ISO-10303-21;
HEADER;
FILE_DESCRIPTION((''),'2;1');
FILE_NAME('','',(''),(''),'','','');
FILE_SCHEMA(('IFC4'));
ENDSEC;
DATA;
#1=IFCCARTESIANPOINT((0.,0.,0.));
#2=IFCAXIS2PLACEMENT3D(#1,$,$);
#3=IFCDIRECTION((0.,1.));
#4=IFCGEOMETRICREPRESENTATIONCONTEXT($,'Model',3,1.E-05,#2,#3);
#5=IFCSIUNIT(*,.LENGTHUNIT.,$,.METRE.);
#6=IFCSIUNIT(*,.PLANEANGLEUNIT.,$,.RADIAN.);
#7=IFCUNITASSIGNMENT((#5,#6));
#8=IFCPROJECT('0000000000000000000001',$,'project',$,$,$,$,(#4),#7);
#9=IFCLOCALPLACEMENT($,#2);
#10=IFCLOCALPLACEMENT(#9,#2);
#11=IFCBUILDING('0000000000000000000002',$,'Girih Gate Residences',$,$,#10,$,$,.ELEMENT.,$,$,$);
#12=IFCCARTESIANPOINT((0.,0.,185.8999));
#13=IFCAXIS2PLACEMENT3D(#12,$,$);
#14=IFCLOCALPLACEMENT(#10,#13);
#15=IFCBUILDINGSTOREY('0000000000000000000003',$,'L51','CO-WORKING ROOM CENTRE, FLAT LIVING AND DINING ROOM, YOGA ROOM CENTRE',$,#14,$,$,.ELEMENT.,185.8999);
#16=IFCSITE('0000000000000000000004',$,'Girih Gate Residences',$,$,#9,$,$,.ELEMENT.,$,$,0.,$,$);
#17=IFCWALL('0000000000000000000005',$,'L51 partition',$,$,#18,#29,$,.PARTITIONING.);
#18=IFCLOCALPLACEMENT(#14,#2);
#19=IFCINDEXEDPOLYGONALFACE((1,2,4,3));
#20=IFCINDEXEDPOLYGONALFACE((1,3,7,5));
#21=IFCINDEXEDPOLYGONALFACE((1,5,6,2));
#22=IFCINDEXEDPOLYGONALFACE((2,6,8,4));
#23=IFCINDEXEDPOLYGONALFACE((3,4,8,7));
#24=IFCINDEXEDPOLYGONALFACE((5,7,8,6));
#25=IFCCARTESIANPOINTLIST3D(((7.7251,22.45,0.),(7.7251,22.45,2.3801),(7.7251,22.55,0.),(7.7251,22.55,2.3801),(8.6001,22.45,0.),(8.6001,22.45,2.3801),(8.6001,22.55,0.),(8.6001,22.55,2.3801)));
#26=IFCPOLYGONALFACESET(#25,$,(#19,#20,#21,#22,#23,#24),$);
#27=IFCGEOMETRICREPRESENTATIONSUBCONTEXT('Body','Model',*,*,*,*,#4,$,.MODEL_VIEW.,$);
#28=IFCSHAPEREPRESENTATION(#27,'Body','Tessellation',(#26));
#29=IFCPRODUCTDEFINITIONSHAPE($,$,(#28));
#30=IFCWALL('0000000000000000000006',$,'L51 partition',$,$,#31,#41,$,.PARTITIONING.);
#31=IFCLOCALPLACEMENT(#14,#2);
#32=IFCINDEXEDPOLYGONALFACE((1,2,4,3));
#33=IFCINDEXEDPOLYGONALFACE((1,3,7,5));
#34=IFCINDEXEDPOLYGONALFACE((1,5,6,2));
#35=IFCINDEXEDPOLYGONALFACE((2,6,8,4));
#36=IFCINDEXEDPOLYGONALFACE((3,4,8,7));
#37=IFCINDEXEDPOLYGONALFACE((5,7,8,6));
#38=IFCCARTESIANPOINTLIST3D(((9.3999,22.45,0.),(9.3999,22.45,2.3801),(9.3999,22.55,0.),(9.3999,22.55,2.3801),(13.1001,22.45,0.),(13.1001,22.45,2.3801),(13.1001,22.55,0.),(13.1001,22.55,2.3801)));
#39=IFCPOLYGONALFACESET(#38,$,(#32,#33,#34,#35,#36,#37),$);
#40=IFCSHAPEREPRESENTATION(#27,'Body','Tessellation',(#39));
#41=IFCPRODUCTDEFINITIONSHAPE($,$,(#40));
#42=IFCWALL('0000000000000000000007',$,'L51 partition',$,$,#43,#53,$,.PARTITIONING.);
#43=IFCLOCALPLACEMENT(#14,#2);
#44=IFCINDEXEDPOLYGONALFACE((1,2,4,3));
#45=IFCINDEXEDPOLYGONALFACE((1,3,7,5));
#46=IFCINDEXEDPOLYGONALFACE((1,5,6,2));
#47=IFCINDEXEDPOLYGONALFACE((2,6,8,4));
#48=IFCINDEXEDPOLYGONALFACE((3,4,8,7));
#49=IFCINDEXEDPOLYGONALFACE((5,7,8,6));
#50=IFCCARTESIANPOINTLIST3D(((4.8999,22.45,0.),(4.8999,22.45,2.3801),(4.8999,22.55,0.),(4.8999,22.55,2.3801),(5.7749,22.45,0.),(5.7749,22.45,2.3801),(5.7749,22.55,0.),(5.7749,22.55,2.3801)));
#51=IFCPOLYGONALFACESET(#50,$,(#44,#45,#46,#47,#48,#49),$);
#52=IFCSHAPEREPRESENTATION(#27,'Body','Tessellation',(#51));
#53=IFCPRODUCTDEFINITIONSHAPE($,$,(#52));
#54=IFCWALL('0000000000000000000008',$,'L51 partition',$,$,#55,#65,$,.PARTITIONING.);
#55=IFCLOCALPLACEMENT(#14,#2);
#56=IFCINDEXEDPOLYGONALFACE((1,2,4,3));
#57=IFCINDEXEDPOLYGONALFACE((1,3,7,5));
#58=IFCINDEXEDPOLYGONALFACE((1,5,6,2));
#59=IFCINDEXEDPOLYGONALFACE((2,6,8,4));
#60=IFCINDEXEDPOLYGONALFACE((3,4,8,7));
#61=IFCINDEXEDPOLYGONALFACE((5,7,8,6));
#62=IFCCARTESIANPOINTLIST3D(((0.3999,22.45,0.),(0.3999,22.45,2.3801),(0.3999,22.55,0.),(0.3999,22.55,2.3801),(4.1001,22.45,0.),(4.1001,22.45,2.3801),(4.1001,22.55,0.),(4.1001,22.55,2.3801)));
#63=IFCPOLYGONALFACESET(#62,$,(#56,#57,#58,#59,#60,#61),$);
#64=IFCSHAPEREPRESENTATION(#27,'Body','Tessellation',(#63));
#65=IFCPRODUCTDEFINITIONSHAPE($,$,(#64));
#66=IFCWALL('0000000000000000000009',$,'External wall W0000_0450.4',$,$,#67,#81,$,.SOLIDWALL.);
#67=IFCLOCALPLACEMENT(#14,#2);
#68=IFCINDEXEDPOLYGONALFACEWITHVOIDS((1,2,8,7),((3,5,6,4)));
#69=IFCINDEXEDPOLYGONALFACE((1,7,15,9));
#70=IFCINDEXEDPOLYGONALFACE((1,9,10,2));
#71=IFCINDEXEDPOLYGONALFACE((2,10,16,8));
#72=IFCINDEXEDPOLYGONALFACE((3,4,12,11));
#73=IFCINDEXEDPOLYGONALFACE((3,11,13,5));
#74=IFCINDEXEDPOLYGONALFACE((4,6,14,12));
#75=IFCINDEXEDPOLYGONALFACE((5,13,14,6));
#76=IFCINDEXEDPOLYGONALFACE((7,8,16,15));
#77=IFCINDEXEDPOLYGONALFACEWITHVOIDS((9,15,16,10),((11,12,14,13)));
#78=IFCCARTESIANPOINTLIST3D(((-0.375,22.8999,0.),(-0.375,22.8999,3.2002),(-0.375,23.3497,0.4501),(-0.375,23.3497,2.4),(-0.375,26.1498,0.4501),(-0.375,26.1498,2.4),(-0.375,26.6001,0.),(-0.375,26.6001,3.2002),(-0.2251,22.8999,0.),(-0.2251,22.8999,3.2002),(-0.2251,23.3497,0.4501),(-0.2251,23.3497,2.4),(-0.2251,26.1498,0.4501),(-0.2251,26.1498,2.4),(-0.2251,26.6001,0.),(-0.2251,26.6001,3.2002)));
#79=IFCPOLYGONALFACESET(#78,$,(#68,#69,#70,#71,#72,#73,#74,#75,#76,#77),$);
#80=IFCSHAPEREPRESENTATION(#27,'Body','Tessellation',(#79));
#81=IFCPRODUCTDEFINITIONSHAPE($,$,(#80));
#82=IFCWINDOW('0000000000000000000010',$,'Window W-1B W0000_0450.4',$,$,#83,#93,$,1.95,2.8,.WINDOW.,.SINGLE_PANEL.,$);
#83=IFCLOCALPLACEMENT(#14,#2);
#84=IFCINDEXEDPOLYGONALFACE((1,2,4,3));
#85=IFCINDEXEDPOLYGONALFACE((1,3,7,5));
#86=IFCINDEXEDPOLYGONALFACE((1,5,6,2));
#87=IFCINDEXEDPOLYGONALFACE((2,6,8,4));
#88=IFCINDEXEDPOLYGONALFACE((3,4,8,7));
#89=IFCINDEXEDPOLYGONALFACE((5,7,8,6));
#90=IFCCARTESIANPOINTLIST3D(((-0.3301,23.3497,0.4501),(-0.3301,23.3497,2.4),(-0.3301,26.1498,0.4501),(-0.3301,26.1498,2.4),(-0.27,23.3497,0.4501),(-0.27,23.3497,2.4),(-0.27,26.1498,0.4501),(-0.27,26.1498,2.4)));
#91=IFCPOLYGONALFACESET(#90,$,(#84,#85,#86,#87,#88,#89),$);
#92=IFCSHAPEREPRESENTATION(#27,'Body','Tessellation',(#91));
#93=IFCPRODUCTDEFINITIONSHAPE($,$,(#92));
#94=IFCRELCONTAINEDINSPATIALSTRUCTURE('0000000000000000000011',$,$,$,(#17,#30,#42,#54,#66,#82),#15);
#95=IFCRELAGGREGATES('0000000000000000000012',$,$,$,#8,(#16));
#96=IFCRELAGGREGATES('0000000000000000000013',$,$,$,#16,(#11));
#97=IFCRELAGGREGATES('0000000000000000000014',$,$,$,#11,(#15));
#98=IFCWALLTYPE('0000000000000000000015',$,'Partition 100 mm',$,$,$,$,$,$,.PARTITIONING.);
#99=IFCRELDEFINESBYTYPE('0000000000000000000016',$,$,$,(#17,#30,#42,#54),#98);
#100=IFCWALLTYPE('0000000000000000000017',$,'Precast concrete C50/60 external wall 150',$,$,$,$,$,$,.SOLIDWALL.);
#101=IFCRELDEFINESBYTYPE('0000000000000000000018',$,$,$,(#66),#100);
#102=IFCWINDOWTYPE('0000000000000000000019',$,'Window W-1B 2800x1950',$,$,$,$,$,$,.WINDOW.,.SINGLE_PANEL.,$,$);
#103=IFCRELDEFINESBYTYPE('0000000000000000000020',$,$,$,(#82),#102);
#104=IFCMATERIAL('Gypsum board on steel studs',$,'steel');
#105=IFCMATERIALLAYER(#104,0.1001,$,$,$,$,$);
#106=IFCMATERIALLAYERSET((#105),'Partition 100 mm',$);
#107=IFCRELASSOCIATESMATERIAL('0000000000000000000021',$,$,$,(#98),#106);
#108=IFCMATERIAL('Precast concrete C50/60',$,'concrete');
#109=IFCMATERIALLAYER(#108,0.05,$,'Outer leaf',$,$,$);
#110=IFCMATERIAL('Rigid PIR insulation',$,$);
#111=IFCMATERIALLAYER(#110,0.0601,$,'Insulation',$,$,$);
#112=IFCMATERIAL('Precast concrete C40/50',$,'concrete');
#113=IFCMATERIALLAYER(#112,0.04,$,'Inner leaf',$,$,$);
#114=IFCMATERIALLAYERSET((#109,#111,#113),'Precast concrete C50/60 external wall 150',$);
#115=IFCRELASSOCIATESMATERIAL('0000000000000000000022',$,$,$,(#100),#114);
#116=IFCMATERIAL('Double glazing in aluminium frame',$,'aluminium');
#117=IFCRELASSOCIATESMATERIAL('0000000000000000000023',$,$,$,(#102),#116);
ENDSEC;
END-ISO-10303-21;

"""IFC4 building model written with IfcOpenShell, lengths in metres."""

from ifc_helpers import new_model, si_unit, direction, frame, frame_2d, origin, place, context, subcontext, project, spatial, rectangle, extrude, material, layer, layer_set, type_object, element, fill, save


model = new_model("IFC4")

# Units and contexts
model_context = context("Model", 3, precision=1e-05, world=origin(), true_north=direction((0.0, 1.0)))
body_context = subcontext(model_context, "Body", "Model", "MODEL_VIEW")
ifc_project = project(units=[si_unit("LENGTHUNIT", "METRE"), si_unit("PLANEANGLEUNIT", "RADIAN")], contexts=[model_context])

# Site, building, storey
site_placement = place(None, origin())
site = spatial("IfcSite", under=ifc_project, at=site_placement, Name="Girih Gate Residences", CompositionType="ELEMENT", RefElevation=0.0)
building_placement = place(site_placement, origin())
building = spatial("IfcBuilding", under=site, at=building_placement, Name="Girih Gate Residences", CompositionType="ELEMENT")
storey_placement = place(building_placement, frame((0.0, 0.0, 185.8999)))
storey = spatial("IfcBuildingStorey", under=building, at=storey_placement, Name="L51", Description="CO-WORKING ROOM CENTRE, FLAT LIVING AND DINING ROOM, YOGA ROOM CENTRE", CompositionType="ELEMENT", Elevation=185.8999)

# Shared definitions
ifc_material_1 = material(Name="Gypsum board on steel studs", Category="steel")

# Walls
ifc_layer_1 = layer(ifc_material_1, 0.1001)
ifc_layer_set_1 = layer_set([ifc_layer_1], Name="Partition 100 mm")
wall_type_1 = type_object("IfcWallType", Name="Partition 100 mm", PredefinedType="PARTITIONING", material=ifc_layer_set_1)
wall_1_placement = place(storey_placement, frame((7.7251, 22.5, 0.0), z_axis=(0.0, 0.0, 1.0), x_axis=(1.0, 0.0, 0.0)))
element("IfcWall", 1, at=wall_1_placement, inside=storey, type_object=wall_type_1, Name="L51 partition", PredefinedType="PARTITIONING", context=body_context, shape_type="SweptSolid", body=[
    extrude(rectangle(XDim=0.875, YDim=0.1001, at=frame_2d((0.4375, 0.0))), origin(), (0.0, 0.0, 1.0), 2.3801),
])
wall_2_placement = place(storey_placement, frame((9.3999, 22.5, 0.0), z_axis=(0.0, 0.0, 1.0), x_axis=(1.0, 0.0, 0.0)))
element("IfcWall", 2, at=wall_2_placement, inside=storey, type_object=wall_type_1, Name="L51 partition", PredefinedType="PARTITIONING", context=body_context, shape_type="SweptSolid", body=[
    extrude(rectangle(XDim=3.7002, YDim=0.1001, at=frame_2d((1.8501, 0.0))), origin(), (0.0, 0.0, 1.0), 2.3801),
])
wall_3_placement = place(storey_placement, frame((4.8999, 22.5, 0.0), z_axis=(0.0, 0.0, 1.0), x_axis=(1.0, 0.0, 0.0)))
element("IfcWall", 3, at=wall_3_placement, inside=storey, type_object=wall_type_1, Name="L51 partition", PredefinedType="PARTITIONING", context=body_context, shape_type="SweptSolid", body=[
    extrude(rectangle(XDim=0.875, YDim=0.1001, at=frame_2d((0.4375, 0.0))), origin(), (0.0, 0.0, 1.0), 2.3801),
])
wall_4_placement = place(storey_placement, frame((0.3999, 22.5, 0.0), z_axis=(0.0, 0.0, 1.0), x_axis=(1.0, 0.0, 0.0)))
element("IfcWall", 4, at=wall_4_placement, inside=storey, type_object=wall_type_1, Name="L51 partition", PredefinedType="PARTITIONING", context=body_context, shape_type="SweptSolid", body=[
    extrude(rectangle(XDim=3.7002, YDim=0.1001, at=frame_2d((1.8501, 0.0))), origin(), (0.0, 0.0, 1.0), 2.3801),
])

# Wall, opening, window
ifc_material_2 = material(Name="Precast concrete C50/60", Category="concrete")
ifc_layer_2 = layer(ifc_material_2, 0.05, Name="Outer leaf")
ifc_material_3 = material(Name="Rigid PIR insulation")
ifc_layer_3 = layer(ifc_material_3, 0.0601, Name="Insulation")
ifc_material_4 = material(Name="Precast concrete C40/50", Category="concrete")
ifc_layer_4 = layer(ifc_material_4, 0.04, Name="Inner leaf")
ifc_layer_set_2 = layer_set([ifc_layer_2, ifc_layer_3, ifc_layer_4], Name="Precast concrete C50/60 external wall 150")
wall_type_2 = type_object("IfcWallType", Name="Precast concrete C50/60 external wall 150", PredefinedType="SOLIDWALL", material=ifc_layer_set_2)
wall_5_placement = place(storey_placement, frame((-0.3, 22.8999, 0.0), z_axis=(0.0, 0.0, 1.0), x_axis=(0.0, 1.0, 0.0)))
wall_5 = element("IfcWall", 5, at=wall_5_placement, inside=storey, type_object=wall_type_2, Name="External wall W0000_0450.4", PredefinedType="SOLIDWALL", context=body_context, shape_type="SweptSolid", body=[
    extrude(rectangle(XDim=3.7002, YDim=0.1499, at=frame_2d((1.8501, 0.0))), origin(), (0.0, 0.0, 1.0), 3.2002),
])
opening_1_placement = place(wall_5_placement, frame((0.45, 0.0, 0.45)))
opening_1 = element("IfcOpeningElement", 6, at=opening_1_placement, cuts=wall_5, PredefinedType="OPENING", context=body_context, shape_type="SweptSolid", body=[
    extrude(rectangle(XDim=2.8, YDim=1.95, at=frame_2d((1.3999, 0.9751))), frame((0.0, 0.085, 0.0), z_axis=(0.0, -1.0, 0.0), x_axis=(1.0, 0.0, 0.0)), (0.0, 0.0, 1.0), 0.1699),
])
ifc_material_5 = material(Name="Double glazing in aluminium frame", Category="aluminium")
window_type = type_object("IfcWindowType", Name="Window W-1B 2800x1950", PartitioningType="SINGLE_PANEL", PredefinedType="WINDOW", material=ifc_material_5)
window_placement = place(opening_1_placement, origin())
window = element("IfcWindow", 7, at=window_placement, inside=storey, type_object=window_type, Name="Window W-1B W0000_0450.4", OverallHeight=1.95, OverallWidth=2.8, PartitioningType="SINGLE_PANEL", PredefinedType="WINDOW", context=body_context, shape_type="SweptSolid", body=[
    extrude(rectangle(XDim=2.8, YDim=1.95, at=frame_2d((1.3999, 0.9751))), frame((0.0, 0.03, 0.0), z_axis=(0.0, -1.0, 0.0), x_axis=(1.0, 0.0, 0.0)), (0.0, 0.0, 1.0), 0.0601),
])
fill(opening_1, window)

save(model, "model.ifc")
